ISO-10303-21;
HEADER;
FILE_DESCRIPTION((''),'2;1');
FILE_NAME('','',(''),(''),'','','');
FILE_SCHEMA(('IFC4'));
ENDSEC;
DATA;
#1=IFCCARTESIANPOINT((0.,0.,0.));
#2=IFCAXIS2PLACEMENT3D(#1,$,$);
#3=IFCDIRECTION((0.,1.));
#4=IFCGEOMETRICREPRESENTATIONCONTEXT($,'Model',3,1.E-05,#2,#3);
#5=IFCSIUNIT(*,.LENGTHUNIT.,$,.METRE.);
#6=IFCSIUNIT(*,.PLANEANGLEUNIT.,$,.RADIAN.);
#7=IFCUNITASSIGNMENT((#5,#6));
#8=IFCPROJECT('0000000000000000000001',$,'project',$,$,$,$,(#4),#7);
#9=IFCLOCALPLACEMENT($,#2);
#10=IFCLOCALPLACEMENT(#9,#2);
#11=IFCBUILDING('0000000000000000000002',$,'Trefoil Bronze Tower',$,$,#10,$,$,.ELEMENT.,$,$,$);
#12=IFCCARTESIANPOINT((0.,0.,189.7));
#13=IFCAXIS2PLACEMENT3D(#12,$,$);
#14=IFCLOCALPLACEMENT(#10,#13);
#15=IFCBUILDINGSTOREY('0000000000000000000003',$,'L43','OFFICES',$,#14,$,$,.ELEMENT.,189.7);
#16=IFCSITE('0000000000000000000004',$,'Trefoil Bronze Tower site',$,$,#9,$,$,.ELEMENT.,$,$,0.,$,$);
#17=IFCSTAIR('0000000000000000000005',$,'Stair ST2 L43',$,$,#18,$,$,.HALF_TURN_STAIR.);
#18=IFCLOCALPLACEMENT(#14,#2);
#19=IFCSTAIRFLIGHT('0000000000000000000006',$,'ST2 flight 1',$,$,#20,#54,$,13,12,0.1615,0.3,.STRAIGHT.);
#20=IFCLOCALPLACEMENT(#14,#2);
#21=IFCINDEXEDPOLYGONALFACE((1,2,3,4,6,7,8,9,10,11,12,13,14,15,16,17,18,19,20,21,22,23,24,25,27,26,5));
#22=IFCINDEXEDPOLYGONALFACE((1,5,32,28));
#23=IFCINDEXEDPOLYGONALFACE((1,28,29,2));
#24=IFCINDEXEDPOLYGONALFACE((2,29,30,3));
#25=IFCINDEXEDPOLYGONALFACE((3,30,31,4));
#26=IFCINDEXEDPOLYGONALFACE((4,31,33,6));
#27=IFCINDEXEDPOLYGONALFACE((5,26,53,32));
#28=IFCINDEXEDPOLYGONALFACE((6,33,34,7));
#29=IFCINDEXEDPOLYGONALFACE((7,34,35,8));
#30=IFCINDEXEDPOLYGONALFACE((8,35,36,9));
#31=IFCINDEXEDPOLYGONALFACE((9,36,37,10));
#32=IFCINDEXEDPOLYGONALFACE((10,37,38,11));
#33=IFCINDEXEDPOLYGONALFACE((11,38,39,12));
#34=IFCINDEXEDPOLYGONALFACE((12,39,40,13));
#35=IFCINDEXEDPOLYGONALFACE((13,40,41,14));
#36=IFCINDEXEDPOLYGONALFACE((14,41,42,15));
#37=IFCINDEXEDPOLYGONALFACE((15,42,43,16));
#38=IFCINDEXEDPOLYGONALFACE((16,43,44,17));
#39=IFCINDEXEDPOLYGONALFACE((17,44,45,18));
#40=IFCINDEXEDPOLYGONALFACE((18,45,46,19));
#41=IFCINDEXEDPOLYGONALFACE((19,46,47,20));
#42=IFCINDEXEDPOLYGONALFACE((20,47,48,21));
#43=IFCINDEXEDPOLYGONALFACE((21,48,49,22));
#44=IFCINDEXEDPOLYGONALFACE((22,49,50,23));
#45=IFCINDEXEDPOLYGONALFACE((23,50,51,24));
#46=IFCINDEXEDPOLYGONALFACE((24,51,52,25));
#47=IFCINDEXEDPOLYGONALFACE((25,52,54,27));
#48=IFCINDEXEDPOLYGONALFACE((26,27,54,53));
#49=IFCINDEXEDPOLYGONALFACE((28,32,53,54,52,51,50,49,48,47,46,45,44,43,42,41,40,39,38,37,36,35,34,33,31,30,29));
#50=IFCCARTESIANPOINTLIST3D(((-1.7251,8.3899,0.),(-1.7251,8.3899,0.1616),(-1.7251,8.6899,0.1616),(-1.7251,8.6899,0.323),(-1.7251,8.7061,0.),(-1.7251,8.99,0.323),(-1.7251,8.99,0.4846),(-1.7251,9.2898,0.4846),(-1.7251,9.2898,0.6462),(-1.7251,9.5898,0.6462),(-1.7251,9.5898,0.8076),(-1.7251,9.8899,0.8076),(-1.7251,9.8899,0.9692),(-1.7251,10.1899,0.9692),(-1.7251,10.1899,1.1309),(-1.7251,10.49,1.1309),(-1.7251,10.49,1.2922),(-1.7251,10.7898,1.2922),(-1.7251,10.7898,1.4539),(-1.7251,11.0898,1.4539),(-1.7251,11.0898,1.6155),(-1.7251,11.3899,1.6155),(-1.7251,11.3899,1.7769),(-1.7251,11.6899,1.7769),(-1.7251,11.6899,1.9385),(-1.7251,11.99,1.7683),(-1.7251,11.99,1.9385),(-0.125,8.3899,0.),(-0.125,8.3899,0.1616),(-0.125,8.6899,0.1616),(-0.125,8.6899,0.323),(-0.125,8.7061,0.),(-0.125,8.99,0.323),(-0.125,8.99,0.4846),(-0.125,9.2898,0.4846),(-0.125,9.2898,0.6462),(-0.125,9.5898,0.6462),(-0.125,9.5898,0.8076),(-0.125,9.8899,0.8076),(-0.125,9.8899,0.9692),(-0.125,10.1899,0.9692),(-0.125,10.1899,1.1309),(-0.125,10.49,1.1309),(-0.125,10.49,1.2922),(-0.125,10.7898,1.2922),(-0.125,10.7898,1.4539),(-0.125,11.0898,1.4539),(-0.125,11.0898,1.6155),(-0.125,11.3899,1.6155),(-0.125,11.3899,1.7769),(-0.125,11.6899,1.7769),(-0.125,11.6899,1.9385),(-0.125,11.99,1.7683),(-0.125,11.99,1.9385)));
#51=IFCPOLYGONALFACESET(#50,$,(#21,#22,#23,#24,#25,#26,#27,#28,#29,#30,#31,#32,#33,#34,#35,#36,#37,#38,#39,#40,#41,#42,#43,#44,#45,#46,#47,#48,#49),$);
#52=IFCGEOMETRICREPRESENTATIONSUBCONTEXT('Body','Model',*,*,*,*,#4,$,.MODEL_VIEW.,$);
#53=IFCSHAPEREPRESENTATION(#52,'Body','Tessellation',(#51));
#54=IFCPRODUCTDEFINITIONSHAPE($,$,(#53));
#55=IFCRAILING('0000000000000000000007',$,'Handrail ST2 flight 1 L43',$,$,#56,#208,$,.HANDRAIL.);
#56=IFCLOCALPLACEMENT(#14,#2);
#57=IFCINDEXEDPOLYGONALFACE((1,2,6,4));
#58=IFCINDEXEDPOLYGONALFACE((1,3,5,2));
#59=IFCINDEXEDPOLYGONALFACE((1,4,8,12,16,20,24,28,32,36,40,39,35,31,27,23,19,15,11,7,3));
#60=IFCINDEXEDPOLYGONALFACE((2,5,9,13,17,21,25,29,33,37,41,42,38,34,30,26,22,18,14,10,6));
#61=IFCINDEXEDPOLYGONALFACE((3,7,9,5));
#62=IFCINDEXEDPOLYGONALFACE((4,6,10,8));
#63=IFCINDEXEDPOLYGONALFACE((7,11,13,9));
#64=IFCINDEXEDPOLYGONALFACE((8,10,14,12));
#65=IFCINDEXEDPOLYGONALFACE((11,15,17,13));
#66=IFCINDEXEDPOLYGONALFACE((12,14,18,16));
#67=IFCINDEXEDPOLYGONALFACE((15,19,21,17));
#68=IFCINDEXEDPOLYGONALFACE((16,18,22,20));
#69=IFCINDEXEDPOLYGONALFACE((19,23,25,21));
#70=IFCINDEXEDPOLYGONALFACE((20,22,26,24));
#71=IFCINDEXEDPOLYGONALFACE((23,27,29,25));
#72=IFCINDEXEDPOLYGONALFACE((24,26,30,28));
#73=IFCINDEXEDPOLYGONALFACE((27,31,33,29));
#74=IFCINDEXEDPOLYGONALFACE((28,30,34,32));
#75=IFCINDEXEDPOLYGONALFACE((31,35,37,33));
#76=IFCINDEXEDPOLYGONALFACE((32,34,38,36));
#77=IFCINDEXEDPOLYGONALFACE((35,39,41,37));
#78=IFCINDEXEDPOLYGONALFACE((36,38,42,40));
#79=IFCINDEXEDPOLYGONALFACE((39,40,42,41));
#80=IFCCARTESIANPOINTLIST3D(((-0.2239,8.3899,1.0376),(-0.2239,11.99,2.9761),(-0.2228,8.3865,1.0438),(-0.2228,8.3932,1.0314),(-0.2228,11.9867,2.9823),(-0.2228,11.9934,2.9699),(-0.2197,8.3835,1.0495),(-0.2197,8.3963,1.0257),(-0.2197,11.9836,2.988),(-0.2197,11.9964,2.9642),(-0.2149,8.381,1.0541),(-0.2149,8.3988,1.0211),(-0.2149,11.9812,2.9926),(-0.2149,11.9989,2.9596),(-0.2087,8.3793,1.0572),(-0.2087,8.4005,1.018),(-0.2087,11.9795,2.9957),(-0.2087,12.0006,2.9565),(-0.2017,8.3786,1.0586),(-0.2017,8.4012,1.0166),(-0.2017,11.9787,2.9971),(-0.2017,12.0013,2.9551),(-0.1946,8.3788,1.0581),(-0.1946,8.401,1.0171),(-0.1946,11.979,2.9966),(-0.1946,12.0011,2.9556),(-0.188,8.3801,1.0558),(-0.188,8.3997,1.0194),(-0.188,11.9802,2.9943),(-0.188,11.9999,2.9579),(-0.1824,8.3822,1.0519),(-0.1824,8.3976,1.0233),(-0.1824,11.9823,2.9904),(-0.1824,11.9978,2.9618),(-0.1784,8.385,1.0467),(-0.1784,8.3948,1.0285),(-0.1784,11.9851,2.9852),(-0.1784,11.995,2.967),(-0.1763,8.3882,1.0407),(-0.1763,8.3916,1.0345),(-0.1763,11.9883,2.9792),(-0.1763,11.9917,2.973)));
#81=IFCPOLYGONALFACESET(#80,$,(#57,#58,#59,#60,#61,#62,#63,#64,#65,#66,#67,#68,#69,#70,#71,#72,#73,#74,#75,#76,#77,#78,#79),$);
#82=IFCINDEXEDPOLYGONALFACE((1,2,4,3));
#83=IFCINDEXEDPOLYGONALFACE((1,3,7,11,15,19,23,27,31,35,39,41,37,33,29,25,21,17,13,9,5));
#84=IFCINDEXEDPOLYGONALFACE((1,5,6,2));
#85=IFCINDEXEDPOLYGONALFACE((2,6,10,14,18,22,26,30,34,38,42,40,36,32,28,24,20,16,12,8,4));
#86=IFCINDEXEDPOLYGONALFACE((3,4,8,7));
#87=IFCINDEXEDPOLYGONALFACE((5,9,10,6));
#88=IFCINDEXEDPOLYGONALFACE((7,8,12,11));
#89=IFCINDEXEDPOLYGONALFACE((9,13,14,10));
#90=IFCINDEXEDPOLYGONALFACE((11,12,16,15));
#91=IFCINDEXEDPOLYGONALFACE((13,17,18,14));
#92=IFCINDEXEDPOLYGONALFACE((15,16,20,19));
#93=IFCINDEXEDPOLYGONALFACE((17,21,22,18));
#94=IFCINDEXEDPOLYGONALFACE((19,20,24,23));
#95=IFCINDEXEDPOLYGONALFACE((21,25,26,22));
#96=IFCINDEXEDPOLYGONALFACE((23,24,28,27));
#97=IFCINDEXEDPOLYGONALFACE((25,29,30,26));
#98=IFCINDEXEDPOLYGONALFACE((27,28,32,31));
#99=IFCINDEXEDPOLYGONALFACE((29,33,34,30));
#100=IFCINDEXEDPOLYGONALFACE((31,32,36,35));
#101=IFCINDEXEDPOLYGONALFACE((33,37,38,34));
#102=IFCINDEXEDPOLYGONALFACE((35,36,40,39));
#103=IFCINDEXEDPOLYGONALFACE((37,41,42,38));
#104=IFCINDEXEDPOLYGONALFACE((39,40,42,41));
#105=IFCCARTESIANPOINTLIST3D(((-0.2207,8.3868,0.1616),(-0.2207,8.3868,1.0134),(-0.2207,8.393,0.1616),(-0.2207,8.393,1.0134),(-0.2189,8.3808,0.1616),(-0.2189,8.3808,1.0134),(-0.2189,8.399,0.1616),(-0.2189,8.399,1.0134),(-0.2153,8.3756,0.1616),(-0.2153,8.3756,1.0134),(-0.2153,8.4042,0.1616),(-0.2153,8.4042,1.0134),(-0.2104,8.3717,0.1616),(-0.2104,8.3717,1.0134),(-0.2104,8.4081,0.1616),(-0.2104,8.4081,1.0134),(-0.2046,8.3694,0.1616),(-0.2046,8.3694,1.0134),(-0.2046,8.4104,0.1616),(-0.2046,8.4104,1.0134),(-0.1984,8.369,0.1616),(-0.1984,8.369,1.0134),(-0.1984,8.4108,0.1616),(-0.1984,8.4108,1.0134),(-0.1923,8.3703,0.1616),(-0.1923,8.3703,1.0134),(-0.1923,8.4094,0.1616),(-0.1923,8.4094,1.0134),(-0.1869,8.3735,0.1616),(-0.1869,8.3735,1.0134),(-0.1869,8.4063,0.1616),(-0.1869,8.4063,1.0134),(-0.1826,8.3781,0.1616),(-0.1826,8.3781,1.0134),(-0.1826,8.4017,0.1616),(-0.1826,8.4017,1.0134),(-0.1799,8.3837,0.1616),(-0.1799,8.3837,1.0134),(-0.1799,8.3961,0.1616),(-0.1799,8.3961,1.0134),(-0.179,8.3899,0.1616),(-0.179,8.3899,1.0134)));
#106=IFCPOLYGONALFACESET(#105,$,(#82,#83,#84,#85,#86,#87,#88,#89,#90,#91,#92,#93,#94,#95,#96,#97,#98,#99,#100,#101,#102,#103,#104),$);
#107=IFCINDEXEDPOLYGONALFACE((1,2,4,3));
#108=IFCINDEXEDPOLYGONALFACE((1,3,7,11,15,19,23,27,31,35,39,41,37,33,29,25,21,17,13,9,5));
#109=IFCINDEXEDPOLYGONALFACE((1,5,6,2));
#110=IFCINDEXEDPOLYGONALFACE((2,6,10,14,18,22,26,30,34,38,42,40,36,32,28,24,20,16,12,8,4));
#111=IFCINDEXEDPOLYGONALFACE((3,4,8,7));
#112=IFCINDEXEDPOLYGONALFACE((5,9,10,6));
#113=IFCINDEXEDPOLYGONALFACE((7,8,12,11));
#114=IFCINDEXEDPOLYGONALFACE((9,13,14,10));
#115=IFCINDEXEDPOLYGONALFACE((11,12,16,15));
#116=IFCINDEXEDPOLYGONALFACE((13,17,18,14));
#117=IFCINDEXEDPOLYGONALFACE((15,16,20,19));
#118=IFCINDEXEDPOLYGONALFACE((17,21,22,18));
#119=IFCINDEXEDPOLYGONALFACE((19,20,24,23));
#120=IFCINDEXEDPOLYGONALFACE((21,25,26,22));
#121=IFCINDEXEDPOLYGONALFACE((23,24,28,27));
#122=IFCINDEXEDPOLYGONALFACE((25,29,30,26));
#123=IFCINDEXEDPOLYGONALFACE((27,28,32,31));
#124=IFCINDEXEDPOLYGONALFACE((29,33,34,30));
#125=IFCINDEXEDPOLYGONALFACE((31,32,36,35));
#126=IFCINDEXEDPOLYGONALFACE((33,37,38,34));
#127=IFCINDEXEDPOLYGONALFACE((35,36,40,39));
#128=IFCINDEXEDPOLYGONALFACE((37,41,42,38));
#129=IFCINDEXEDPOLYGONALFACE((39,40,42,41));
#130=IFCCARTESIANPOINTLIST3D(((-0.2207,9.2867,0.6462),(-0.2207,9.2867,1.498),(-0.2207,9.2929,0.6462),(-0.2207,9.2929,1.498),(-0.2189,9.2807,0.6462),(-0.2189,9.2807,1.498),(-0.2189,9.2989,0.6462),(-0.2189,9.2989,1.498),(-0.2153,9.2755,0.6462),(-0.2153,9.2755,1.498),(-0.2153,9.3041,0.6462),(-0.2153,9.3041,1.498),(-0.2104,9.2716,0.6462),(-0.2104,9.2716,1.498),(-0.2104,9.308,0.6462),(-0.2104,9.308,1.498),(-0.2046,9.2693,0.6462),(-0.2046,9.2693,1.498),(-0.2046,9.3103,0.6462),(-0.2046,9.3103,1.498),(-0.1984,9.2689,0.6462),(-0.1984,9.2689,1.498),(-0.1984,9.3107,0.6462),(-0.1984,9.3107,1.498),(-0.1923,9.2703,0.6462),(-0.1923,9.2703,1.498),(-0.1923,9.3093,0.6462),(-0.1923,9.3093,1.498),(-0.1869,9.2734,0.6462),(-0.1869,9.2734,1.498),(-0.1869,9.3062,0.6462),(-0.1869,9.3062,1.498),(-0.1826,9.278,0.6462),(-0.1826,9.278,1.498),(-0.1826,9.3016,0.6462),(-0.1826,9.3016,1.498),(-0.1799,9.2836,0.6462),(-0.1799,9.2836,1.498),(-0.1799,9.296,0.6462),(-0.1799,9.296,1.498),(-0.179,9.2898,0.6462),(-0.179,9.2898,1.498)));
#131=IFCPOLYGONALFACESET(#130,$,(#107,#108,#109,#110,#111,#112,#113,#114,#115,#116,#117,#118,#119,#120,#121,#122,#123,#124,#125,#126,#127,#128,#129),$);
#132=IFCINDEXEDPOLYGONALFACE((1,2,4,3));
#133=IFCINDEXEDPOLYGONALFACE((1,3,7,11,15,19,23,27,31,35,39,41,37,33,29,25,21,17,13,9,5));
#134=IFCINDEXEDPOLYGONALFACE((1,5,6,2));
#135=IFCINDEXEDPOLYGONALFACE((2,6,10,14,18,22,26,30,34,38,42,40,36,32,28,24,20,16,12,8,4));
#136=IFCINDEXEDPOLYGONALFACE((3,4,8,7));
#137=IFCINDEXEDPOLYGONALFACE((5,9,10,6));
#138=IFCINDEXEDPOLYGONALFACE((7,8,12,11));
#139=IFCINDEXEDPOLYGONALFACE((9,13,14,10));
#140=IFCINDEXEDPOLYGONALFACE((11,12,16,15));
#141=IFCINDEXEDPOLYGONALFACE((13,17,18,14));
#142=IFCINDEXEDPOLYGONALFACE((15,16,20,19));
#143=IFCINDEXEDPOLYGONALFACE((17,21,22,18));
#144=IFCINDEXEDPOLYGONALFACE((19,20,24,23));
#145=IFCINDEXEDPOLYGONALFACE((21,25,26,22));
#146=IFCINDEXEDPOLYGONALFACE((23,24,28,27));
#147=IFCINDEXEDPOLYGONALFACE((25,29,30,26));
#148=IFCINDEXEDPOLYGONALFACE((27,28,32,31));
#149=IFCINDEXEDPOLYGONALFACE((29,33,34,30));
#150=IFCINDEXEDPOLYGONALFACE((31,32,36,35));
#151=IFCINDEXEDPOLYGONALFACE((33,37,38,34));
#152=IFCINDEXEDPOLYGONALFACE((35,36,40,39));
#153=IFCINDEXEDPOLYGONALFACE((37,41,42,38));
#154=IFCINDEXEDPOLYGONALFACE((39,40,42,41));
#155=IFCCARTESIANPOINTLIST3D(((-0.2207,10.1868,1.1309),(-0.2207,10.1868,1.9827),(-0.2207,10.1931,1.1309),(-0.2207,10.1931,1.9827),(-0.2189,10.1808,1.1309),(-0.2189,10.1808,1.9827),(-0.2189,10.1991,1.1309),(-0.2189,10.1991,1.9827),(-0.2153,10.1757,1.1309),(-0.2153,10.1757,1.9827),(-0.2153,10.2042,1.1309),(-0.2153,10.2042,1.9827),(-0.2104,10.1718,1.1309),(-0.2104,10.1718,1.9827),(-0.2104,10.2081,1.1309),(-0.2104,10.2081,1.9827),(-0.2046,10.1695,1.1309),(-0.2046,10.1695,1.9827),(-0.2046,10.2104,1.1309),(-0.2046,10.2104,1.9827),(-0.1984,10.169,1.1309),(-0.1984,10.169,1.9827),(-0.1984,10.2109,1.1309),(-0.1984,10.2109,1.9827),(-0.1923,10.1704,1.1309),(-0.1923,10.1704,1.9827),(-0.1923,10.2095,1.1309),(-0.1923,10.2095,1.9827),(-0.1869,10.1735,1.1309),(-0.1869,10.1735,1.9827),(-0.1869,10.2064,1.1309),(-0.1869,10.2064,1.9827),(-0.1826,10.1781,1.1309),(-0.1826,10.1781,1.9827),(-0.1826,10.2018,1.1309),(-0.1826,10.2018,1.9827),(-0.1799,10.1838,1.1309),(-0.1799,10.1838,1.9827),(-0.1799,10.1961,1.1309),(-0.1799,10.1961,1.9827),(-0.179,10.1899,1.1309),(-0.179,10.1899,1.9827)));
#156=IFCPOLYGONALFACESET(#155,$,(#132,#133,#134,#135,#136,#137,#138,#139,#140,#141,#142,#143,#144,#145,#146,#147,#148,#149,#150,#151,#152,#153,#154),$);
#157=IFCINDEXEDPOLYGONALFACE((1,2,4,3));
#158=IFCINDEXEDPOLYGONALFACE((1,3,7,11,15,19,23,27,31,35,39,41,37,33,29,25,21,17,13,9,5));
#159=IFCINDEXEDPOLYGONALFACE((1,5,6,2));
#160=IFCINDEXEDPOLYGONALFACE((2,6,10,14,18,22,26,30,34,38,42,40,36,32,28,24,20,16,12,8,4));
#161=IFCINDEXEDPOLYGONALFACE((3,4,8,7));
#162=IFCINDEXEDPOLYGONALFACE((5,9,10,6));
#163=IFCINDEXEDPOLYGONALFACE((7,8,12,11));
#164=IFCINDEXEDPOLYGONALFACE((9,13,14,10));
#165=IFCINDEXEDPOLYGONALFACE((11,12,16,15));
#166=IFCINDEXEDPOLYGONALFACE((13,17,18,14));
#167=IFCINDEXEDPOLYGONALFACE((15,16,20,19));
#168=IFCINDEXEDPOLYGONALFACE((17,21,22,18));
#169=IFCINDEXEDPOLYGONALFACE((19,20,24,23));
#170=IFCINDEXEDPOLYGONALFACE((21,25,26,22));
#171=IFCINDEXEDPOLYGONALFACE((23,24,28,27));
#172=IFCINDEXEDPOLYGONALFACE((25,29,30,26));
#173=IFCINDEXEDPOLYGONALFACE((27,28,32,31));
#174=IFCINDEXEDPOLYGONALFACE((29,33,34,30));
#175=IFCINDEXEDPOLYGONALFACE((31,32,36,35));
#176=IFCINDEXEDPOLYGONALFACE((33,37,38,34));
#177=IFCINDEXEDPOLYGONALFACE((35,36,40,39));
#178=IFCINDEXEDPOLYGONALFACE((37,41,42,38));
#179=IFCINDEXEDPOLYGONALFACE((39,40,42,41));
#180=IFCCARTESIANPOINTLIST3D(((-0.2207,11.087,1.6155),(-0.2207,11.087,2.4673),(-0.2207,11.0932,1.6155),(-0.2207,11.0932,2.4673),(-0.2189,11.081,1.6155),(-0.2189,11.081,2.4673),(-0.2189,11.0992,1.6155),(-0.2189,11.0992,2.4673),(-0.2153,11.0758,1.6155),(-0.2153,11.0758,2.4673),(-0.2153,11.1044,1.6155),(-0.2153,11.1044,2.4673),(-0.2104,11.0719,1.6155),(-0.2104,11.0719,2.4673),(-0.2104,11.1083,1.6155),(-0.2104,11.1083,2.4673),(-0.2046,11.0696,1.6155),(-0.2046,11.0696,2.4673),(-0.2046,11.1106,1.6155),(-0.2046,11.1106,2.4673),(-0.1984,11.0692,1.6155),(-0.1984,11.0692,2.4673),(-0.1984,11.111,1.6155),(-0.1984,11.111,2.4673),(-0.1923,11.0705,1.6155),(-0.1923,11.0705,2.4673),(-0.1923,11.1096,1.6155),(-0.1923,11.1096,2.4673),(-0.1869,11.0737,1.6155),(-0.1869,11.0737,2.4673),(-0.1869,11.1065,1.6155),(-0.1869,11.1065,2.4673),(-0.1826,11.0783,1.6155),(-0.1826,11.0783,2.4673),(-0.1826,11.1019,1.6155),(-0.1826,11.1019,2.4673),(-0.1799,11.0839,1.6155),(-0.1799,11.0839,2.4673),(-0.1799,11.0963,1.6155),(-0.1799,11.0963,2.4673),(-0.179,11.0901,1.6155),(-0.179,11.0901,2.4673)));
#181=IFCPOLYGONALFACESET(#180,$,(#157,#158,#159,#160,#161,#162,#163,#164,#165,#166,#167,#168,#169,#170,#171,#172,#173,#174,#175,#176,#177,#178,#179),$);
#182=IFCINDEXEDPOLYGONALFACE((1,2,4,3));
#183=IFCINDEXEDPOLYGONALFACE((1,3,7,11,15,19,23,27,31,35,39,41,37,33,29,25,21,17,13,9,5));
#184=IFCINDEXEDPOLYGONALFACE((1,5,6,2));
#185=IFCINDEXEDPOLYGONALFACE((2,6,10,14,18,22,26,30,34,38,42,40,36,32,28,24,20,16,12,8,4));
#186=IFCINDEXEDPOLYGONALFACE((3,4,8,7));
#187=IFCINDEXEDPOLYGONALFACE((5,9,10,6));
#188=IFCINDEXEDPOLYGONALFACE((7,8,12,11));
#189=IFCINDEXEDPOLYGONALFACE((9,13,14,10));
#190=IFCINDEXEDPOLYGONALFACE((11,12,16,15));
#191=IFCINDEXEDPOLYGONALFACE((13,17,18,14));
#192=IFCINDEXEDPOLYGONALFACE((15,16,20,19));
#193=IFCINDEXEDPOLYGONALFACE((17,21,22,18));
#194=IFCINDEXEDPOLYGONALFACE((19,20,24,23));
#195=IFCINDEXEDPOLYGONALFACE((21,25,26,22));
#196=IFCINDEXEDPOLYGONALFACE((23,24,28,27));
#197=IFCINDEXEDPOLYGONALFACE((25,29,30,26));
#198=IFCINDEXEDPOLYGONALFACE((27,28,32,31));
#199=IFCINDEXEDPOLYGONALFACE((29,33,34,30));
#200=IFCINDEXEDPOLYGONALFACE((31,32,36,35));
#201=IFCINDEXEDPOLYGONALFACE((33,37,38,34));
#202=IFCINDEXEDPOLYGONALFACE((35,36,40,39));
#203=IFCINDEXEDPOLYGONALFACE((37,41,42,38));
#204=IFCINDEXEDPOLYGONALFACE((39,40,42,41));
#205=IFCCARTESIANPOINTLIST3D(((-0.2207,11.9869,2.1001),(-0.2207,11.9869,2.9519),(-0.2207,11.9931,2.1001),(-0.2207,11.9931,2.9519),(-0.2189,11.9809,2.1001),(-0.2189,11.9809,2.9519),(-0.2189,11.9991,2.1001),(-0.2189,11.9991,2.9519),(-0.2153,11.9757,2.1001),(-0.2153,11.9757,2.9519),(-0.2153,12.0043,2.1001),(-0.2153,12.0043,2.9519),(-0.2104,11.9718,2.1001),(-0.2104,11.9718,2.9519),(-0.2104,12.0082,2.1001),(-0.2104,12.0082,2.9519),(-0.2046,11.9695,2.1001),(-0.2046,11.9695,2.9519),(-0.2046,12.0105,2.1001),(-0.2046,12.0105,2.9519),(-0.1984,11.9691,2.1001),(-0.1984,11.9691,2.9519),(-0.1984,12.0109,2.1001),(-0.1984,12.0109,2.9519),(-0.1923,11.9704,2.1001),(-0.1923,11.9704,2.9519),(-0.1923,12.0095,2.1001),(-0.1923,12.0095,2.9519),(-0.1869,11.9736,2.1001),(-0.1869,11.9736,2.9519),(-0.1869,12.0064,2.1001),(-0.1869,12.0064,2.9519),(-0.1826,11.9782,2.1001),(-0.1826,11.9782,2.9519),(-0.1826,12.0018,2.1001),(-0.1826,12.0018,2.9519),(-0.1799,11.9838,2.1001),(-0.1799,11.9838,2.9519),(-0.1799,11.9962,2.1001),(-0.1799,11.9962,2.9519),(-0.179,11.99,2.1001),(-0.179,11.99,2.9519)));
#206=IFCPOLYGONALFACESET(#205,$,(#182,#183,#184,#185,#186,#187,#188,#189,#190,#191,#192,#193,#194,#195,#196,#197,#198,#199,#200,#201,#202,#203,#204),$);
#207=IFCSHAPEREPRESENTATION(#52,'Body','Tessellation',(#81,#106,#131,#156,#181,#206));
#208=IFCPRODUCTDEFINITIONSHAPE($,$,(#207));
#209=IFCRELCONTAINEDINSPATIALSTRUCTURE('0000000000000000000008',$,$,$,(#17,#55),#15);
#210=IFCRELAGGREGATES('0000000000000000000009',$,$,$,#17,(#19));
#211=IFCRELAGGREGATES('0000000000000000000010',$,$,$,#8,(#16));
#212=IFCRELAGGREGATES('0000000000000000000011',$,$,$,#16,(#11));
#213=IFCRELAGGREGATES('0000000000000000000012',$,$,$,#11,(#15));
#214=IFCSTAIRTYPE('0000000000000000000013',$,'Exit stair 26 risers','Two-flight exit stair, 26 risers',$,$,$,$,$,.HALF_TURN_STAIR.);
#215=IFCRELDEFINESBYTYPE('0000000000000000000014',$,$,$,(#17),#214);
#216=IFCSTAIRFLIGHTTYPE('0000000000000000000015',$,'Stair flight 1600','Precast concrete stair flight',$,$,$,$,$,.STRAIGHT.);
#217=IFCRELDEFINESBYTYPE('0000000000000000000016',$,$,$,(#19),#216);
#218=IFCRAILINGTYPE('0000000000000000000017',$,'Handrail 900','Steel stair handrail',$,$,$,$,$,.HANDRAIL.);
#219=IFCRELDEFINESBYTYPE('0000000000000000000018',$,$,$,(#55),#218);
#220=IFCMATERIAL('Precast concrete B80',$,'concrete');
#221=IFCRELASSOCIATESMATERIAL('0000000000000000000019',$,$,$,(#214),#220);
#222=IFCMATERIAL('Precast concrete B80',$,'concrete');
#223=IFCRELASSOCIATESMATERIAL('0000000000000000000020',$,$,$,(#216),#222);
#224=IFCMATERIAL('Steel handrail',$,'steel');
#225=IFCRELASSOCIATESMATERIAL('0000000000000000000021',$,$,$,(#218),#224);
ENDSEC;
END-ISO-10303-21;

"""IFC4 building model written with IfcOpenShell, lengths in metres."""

from ifc_helpers import new_model, si_unit, direction, frame, origin, origin_2d, place, context, subcontext, project, spatial, polyline, circle, outline, extrude, material, type_object, element, aggregate, save


model = new_model("IFC4")

# Units and contexts
model_context = context("Model", 3, precision=1e-05, world=origin(), true_north=direction((0.0, 1.0)))
body_context = subcontext(model_context, "Body", "Model", "MODEL_VIEW")
ifc_project = project(units=[si_unit("LENGTHUNIT", "METRE"), si_unit("PLANEANGLEUNIT", "RADIAN")], contexts=[model_context])

# Site, building, storey
site_placement = place(None, origin())
site = spatial("IfcSite", under=ifc_project, at=site_placement, Name="Trefoil Bronze Tower site", CompositionType="ELEMENT", RefElevation=0.0)
building_placement = place(site_placement, origin())
building = spatial("IfcBuilding", under=site, at=building_placement, Name="Trefoil Bronze Tower", CompositionType="ELEMENT")
storey_placement = place(building_placement, frame((0.0, 0.0, 189.7)))
storey = spatial("IfcBuildingStorey", under=building, at=storey_placement, Name="L43", Description="OFFICES", CompositionType="ELEMENT", Elevation=189.7)

# Stair, stair flight
ifc_material_1 = material(Name="Precast concrete B80", Category="concrete")
stair_type = type_object("IfcStairType", Name="Exit stair 26 risers", Description="Two-flight exit stair, 26 risers", PredefinedType="HALF_TURN_STAIR", material=ifc_material_1)
stair_placement = place(storey_placement, origin())
stair = element("IfcStair", 1, at=stair_placement, inside=storey, type_object=stair_type, Name="Stair ST2 L43", PredefinedType="HALF_TURN_STAIR")
ifc_material_2 = material(Name="Precast concrete B80", Category="concrete")
stair_flight_type = type_object("IfcStairFlightType", Name="Stair flight 1600", Description="Precast concrete stair flight", PredefinedType="STRAIGHT", material=ifc_material_2)
stair_flight_placement = place(storey_placement, frame((-0.925, 8.3899, 0.0), z_axis=(0.0, 0.0, 1.0), x_axis=(0.0, 1.0, 0.0)))
stair_flight = element("IfcStairFlight", 2, at=stair_flight_placement, type_object=stair_flight_type, Name="ST2 flight 1", NumberOfRisers=13, NumberOfTreads=12, PredefinedType="STRAIGHT", RiserHeight=0.1615, TreadLength=0.3, context=body_context, shape_type="SweptSolid", body=[
    extrude(outline(polyline([(0.0, 0.0), (0.0, 0.1616), (0.3, 0.1616), (0.3, 0.323), (0.6001, 0.323), (0.6001, 0.4846), (0.8999, 0.4846), (0.8999, 0.6462), (1.2, 0.6462), (1.2, 0.8076), (1.5, 0.8076), (1.5, 0.9692), (1.8, 0.9692), (1.8, 1.1309), (2.1001, 1.1309), (2.1001, 1.2922), (2.3999, 1.2922), (2.3999, 1.4539), (2.7, 1.4539), (2.7, 1.6155), (3.0, 1.6155), (3.0, 1.7769), (3.3, 1.7769), (3.3, 1.9385), (3.6001, 1.9385), (3.6001, 2.1001), (3.6001, 1.7683), (0.3162, 0.0), (0.0, 0.0)])), frame((0.0, 0.8, 0.0), z_axis=(0.0, -1.0, 0.0), x_axis=(1.0, 0.0, 0.0)), (0.0, 0.0, 1.0), 1.6001),
])
aggregate(stair, [stair_flight])

# Railing
ifc_material_3 = material(Name="Steel handrail", Category="steel")
railing_type = type_object("IfcRailingType", Name="Handrail 900", Description="Steel stair handrail", PredefinedType="HANDRAIL", material=ifc_material_3)
railing_placement = place(storey_placement, frame((-0.2, 8.3899, 0.1616)))
element("IfcRailing", 3, at=railing_placement, inside=storey, type_object=railing_type, Name="Handrail ST2 flight 1 L43", PredefinedType="HANDRAIL", context=body_context, shape_type="SweptSolid", body=[
    extrude(circle(Radius=0.0239, at=origin_2d()), frame((0.0, 0.0, 0.876), z_axis=(0.0, 0.880475, 0.474093), x_axis=(-1.0, 0.0, 0.0)), (0.0, 0.0, 1.0), 4.0889),
    extrude(circle(Radius=0.021, at=origin_2d()), origin(), (0.0, 0.0, 1.0), 0.8518),
    extrude(circle(Radius=0.021, at=origin_2d()), frame((0.0, 0.8999, 0.4846)), (0.0, 0.0, 1.0), 0.8518),
    extrude(circle(Radius=0.021, at=origin_2d()), frame((0.0, 1.8, 0.9692)), (0.0, 0.0, 1.0), 0.8518),
    extrude(circle(Radius=0.021, at=origin_2d()), frame((0.0, 2.7002, 1.4539)), (0.0, 0.0, 1.0), 0.8518),
    extrude(circle(Radius=0.021, at=origin_2d()), frame((0.0, 3.6001, 1.9385)), (0.0, 0.0, 1.0), 0.8518),
])

save(model, "model.ifc")
